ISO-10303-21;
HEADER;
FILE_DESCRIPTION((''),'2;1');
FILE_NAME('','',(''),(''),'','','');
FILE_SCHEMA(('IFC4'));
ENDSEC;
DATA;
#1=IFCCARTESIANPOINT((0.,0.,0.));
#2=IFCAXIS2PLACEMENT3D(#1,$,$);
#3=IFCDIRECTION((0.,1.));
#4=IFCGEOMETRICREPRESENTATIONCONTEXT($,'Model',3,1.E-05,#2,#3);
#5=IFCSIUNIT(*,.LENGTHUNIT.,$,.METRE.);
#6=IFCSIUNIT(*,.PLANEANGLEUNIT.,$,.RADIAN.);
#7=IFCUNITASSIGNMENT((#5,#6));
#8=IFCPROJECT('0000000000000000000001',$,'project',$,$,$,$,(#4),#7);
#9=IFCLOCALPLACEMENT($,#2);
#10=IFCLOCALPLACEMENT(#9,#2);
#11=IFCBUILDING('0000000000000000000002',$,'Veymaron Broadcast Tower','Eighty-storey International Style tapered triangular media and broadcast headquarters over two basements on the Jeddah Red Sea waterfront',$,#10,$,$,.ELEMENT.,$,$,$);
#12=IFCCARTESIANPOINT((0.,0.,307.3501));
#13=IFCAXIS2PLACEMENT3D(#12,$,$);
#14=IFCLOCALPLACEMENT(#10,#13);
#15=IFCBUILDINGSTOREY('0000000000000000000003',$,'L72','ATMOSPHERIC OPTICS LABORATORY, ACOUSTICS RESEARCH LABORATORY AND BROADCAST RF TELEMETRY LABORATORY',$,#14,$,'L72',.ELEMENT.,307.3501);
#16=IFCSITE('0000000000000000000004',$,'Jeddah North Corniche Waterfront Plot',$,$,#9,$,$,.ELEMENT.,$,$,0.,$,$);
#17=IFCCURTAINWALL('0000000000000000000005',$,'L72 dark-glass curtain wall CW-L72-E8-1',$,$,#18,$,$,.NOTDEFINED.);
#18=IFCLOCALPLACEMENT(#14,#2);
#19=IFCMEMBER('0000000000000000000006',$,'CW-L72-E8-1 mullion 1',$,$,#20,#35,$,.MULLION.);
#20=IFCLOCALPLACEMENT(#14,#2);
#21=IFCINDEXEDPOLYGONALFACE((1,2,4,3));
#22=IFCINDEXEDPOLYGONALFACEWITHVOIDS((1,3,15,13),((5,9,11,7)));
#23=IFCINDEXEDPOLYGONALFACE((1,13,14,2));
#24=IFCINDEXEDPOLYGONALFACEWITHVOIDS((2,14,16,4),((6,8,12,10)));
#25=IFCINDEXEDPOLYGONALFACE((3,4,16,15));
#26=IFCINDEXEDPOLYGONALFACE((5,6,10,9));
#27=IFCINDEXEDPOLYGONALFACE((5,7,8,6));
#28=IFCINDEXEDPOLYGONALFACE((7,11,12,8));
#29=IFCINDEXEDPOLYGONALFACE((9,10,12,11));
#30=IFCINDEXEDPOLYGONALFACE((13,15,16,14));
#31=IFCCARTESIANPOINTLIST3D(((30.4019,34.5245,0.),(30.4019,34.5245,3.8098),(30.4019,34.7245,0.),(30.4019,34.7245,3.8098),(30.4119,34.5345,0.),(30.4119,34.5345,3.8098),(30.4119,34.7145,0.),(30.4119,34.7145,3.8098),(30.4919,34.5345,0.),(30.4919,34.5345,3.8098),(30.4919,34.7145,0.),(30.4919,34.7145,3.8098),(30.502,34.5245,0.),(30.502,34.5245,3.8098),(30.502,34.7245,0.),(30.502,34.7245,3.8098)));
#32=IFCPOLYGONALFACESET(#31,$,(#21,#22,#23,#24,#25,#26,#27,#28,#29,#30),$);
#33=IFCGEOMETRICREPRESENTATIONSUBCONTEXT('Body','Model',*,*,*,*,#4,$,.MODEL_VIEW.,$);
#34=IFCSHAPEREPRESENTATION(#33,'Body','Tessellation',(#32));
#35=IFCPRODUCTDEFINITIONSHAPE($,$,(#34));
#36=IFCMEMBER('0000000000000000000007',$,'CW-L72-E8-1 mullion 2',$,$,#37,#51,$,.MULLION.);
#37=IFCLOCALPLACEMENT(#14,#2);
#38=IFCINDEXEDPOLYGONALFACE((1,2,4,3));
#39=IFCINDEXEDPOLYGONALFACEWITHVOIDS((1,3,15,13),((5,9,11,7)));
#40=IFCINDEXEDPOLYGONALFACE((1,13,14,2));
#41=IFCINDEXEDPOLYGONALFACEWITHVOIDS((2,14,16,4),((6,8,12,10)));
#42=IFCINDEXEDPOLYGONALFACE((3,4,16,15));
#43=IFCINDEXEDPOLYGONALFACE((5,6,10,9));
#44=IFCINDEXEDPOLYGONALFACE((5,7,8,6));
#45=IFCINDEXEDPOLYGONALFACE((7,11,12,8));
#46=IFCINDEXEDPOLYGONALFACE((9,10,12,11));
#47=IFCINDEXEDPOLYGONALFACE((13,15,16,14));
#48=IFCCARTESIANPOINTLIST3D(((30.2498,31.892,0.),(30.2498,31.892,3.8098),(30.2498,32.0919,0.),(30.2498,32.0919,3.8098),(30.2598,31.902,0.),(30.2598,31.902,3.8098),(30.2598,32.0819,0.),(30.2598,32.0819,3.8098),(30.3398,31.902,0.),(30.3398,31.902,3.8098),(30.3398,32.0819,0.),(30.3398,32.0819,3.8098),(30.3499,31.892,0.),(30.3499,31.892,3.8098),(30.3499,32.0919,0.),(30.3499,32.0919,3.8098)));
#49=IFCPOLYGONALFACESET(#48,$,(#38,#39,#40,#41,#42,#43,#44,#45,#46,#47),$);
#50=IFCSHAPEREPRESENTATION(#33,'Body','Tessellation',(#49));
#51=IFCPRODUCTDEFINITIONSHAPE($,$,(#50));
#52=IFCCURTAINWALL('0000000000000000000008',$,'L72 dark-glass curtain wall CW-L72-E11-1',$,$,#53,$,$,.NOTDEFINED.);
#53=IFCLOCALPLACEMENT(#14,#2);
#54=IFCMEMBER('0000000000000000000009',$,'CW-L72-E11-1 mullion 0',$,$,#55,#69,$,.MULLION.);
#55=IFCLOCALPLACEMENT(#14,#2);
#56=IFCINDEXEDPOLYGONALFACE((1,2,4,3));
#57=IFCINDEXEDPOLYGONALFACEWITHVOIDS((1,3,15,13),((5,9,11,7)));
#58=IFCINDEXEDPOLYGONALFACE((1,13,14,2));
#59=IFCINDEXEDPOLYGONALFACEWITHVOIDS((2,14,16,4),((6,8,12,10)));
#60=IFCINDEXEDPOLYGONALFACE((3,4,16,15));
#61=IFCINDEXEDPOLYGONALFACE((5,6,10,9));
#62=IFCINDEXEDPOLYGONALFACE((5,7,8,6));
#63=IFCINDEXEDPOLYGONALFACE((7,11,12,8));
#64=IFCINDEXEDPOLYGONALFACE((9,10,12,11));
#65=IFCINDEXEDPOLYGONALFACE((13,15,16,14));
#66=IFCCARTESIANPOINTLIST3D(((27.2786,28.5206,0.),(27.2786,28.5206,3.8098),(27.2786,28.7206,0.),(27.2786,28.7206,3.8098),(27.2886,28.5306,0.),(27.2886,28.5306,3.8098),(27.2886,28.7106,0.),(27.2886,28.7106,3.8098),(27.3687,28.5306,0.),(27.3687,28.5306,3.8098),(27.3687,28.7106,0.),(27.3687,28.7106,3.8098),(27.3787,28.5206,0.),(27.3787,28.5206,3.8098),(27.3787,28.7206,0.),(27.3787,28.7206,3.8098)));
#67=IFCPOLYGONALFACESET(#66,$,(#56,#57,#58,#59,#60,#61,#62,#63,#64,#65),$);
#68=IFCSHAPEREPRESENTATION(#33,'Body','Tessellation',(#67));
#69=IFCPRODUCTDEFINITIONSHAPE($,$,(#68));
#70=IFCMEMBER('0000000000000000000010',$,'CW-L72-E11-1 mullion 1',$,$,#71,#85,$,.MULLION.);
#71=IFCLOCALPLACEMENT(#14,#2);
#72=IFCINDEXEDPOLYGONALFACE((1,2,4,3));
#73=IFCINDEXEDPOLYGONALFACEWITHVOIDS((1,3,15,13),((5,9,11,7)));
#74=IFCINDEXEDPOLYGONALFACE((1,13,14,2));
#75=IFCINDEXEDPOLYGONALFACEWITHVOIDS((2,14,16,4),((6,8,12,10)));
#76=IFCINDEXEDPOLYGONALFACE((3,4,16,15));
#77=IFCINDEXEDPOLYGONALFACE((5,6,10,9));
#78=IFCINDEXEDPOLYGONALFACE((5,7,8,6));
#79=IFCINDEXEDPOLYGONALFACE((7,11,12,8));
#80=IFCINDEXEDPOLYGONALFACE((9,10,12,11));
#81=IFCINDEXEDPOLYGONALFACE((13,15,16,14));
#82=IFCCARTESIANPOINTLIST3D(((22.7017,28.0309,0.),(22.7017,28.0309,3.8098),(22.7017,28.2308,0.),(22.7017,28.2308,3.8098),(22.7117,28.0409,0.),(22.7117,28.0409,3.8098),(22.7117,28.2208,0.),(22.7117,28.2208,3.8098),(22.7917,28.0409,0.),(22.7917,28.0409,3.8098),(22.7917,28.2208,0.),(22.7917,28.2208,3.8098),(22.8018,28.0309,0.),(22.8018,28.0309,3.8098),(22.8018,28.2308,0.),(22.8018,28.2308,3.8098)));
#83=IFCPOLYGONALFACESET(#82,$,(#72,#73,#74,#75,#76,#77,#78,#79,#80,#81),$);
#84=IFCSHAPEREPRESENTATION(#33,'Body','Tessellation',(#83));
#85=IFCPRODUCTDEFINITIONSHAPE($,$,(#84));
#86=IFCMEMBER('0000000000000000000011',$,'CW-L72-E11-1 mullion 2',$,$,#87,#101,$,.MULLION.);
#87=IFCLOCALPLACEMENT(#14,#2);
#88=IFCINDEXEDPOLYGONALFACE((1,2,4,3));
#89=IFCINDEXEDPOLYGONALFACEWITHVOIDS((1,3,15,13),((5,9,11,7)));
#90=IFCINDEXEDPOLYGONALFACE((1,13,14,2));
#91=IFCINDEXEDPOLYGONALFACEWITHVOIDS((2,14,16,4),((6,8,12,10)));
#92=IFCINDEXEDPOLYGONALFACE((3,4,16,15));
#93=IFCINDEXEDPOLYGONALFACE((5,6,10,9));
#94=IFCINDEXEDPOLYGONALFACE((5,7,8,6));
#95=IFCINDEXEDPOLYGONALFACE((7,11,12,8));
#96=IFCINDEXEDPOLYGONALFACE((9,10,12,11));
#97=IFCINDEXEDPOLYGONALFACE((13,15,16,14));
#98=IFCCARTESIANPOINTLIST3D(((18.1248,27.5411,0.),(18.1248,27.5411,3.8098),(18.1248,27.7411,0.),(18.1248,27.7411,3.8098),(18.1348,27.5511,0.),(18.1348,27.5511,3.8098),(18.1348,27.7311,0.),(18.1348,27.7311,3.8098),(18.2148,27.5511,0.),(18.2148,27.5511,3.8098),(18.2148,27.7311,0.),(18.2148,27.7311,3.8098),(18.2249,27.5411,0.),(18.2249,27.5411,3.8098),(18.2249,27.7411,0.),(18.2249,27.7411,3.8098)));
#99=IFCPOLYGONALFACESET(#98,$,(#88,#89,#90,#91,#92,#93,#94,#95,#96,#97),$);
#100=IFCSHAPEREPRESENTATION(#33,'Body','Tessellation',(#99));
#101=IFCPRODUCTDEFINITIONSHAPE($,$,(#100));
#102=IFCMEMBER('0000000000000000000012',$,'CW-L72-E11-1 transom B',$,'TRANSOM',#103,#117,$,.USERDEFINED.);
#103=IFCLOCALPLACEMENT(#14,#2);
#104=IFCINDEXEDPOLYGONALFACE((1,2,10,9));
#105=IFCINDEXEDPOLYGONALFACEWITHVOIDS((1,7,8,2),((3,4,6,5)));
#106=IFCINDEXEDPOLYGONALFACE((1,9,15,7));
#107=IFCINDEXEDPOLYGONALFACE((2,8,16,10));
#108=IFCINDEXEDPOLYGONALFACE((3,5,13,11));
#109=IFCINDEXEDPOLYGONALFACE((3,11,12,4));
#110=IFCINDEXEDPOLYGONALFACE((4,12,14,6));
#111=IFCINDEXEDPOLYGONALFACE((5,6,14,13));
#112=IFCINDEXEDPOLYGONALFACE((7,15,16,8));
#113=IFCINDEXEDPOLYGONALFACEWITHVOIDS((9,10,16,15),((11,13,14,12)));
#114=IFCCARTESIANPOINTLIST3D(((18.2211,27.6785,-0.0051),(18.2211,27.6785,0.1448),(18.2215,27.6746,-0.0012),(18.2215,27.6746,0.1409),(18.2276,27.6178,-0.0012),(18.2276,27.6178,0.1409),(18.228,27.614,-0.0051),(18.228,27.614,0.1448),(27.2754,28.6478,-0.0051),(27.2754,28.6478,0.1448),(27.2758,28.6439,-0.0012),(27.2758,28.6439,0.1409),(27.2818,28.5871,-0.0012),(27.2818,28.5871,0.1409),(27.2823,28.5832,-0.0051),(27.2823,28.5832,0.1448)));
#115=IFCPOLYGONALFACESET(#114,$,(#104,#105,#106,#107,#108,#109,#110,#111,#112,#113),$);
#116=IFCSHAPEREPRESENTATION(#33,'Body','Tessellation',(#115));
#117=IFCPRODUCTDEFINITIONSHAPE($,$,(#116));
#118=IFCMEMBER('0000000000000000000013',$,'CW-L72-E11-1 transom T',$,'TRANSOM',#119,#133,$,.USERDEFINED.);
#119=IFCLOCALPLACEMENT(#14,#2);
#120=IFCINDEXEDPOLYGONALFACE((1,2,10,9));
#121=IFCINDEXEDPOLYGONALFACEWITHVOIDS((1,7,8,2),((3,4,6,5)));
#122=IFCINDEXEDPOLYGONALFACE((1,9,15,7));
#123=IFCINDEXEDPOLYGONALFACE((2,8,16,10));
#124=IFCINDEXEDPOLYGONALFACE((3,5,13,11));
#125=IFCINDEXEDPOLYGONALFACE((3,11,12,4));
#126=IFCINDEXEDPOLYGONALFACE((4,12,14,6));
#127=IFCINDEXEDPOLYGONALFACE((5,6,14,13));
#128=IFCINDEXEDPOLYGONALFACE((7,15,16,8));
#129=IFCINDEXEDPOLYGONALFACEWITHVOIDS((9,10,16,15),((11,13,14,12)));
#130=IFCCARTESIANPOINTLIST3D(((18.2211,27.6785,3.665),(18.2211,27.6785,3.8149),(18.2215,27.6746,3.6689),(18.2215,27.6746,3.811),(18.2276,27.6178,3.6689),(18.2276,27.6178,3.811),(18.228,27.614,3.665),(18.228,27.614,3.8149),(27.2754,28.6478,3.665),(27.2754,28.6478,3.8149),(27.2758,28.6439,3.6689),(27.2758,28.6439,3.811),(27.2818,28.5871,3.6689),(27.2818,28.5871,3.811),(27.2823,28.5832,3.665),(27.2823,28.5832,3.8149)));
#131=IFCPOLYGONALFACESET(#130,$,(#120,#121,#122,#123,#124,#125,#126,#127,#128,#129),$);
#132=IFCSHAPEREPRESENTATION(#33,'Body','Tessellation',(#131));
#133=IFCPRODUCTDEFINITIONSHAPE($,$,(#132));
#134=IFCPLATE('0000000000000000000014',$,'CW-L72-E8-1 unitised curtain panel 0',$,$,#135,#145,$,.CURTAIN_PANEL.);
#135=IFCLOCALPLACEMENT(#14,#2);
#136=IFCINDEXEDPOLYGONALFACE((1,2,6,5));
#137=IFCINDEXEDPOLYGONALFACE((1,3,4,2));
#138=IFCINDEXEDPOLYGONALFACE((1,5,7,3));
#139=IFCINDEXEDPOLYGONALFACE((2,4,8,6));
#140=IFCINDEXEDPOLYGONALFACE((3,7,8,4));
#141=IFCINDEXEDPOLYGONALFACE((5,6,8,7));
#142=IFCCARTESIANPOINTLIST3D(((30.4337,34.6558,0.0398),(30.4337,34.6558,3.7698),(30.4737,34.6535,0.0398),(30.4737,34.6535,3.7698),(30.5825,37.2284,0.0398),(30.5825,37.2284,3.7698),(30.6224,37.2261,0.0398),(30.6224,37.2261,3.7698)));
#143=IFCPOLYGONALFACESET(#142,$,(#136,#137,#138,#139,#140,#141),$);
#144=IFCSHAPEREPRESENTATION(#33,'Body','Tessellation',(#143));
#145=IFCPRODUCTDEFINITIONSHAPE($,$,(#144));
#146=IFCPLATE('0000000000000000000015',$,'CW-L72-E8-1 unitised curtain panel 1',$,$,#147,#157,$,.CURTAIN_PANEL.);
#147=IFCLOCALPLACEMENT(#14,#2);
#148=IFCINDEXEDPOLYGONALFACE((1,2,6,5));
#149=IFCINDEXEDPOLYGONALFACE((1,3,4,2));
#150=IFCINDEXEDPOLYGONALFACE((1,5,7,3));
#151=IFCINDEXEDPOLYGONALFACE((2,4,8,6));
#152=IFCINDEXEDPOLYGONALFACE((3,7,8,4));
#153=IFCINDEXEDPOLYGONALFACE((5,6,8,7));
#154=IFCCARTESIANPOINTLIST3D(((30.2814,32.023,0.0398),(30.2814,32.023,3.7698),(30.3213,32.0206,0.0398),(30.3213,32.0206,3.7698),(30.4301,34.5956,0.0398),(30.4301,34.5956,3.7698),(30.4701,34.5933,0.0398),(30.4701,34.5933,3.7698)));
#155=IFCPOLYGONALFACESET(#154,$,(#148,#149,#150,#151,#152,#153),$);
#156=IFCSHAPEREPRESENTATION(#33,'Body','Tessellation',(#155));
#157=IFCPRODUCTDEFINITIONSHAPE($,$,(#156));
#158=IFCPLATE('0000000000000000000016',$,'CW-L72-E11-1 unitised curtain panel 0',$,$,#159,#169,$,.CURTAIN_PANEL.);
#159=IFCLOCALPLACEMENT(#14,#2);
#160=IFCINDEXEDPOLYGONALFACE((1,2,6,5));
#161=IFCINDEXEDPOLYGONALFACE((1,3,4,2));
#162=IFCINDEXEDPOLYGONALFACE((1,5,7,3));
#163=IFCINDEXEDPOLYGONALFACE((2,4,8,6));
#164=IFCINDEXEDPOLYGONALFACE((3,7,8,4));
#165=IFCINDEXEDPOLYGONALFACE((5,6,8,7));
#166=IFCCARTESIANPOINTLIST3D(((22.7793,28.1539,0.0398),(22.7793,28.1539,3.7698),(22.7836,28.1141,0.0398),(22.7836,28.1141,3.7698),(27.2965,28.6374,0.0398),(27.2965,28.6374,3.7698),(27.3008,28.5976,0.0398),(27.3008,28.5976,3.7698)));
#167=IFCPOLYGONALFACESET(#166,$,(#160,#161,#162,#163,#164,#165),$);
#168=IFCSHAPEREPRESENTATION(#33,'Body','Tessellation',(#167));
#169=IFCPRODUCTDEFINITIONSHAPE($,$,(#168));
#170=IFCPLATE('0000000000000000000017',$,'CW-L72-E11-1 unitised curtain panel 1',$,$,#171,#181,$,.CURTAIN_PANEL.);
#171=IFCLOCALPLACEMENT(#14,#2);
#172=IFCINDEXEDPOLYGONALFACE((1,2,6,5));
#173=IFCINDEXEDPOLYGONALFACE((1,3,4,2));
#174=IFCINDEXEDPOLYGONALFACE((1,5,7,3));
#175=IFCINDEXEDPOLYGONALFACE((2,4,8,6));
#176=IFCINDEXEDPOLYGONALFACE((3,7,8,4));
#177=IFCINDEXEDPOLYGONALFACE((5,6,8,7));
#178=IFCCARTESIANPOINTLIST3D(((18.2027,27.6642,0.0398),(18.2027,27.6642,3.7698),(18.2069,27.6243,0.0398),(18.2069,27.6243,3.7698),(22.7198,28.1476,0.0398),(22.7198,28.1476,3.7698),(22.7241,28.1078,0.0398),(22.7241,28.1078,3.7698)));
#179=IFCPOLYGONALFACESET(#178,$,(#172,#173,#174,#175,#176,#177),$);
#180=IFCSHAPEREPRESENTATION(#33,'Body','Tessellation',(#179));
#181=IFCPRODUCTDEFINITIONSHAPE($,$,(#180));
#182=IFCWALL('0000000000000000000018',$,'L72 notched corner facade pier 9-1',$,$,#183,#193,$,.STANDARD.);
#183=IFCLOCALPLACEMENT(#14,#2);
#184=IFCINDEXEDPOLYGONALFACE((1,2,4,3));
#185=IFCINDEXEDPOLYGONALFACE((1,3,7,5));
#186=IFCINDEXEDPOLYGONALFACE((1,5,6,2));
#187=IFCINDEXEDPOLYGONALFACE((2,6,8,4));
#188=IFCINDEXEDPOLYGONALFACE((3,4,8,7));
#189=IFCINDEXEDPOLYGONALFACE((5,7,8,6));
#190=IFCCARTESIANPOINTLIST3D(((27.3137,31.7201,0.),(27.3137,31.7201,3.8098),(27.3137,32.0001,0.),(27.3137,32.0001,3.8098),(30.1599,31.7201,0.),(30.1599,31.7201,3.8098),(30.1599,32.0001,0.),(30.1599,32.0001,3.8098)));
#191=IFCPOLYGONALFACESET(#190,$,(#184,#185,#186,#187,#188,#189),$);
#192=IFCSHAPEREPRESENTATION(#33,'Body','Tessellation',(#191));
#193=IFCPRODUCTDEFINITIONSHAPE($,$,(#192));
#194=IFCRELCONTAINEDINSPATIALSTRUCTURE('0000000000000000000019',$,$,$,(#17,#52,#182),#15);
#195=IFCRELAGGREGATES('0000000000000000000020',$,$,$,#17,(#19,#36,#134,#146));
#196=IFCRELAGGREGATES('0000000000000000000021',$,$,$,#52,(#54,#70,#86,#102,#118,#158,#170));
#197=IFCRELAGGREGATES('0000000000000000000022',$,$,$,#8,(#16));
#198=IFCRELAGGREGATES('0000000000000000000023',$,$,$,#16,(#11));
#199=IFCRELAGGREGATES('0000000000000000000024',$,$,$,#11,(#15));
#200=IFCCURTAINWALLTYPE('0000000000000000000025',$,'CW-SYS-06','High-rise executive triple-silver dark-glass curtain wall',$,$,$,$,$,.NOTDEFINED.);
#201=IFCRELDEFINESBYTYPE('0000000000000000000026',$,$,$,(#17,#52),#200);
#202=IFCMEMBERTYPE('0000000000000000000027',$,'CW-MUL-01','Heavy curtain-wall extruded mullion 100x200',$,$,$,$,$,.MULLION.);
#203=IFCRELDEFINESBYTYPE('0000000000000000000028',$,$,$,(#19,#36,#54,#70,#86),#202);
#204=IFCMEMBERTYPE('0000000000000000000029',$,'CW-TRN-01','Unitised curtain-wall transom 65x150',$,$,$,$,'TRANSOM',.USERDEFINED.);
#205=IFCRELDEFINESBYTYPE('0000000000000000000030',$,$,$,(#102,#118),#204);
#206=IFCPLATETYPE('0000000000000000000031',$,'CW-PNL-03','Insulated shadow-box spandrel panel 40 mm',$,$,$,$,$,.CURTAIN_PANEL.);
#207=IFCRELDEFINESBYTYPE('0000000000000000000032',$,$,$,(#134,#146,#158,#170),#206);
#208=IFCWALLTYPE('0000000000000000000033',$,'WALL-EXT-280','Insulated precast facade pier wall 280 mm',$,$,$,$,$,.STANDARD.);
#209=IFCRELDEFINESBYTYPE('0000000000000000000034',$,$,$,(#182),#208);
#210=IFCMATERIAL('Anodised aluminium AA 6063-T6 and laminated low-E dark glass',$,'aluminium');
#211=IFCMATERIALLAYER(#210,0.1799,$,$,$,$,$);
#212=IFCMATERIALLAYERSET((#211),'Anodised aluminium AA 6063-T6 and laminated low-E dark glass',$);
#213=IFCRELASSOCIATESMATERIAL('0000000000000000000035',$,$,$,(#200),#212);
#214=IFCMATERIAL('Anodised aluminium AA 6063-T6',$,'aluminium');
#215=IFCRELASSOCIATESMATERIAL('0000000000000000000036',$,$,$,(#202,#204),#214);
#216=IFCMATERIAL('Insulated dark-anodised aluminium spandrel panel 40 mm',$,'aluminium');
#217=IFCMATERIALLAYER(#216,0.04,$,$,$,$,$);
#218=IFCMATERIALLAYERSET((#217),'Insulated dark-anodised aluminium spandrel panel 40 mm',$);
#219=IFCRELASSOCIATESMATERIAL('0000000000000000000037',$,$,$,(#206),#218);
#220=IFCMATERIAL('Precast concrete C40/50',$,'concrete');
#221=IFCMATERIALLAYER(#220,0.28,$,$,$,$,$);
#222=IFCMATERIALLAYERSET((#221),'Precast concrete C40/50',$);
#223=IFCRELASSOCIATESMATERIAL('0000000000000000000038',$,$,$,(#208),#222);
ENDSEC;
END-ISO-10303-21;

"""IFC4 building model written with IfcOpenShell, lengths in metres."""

from ifc_helpers import new_model, si_unit, direction, frame, frame_2d, origin, origin_2d, place, context, subcontext, project, spatial, rectangle, hollow_rectangle, extrude, material, layer, layer_set, material_profile, profile_set, type_object, element, aggregate, save


model = new_model("IFC4")

# Units and contexts
model_context = context("Model", 3, precision=1e-05, world=origin(), true_north=direction((0.0, 1.0)))
body_context = subcontext(model_context, "Body", "Model", "MODEL_VIEW")
ifc_project = project(units=[si_unit("LENGTHUNIT", "METRE"), si_unit("PLANEANGLEUNIT", "RADIAN")], contexts=[model_context])

# Site, building, storey
site_placement = place(None, origin())
site = spatial("IfcSite", under=ifc_project, at=site_placement, Name="Jeddah North Corniche Waterfront Plot", CompositionType="ELEMENT", RefElevation=0.0)
building_placement = place(site_placement, origin())
building = spatial("IfcBuilding", under=site, at=building_placement, Name="Veymaron Broadcast Tower", Description="Eighty-storey International Style tapered triangular media and broadcast headquarters over two basements on the Jeddah Red Sea waterfront", CompositionType="ELEMENT")
storey_placement = place(building_placement, frame((0.0, 0.0, 307.3501)))
storey = spatial("IfcBuildingStorey", under=building, at=storey_placement, Name="L72", Description="ATMOSPHERIC OPTICS LABORATORY, ACOUSTICS RESEARCH LABORATORY AND BROADCAST RF TELEMETRY LABORATORY", LongName="L72", CompositionType="ELEMENT", Elevation=307.3501)

# Shared definitions
ifc_material_1 = material(Name="Anodised aluminium AA 6063-T6 and laminated low-E dark glass", Category="aluminium")
ifc_layer_1 = layer(ifc_material_1, 0.1799)
ifc_layer_set_1 = layer_set([ifc_layer_1], Name="Anodised aluminium AA 6063-T6 and laminated low-E dark glass")
curtain_wall_type = type_object("IfcCurtainWallType", Name="CW-SYS-06", Description="High-rise executive triple-silver dark-glass curtain wall", PredefinedType="NOTDEFINED", material=ifc_layer_set_1)
ifc_material_2 = material(Name="Anodised aluminium AA 6063-T6", Category="aluminium")
ifc_material_profile_1 = material_profile(ifc_material_2, hollow_rectangle(XDim=0.1001, YDim=0.2, WallThickness=0.01, at=origin_2d()), Name="RHS200X100X10")
ifc_profile_set_1 = profile_set([ifc_material_profile_1], Name="Anodised aluminium AA 6063-T6")
member_type_1 = type_object("IfcMemberType", Name="CW-MUL-01", Description="Heavy curtain-wall extruded mullion 100x200", PredefinedType="MULLION", material=ifc_profile_set_1)

# Curtain walls, members
curtain_wall_1_placement = place(storey_placement, origin())
curtain_wall_1 = element("IfcCurtainWall", 1, at=curtain_wall_1_placement, inside=storey, type_object=curtain_wall_type, Name="L72 dark-glass curtain wall CW-L72-E8-1", PredefinedType="NOTDEFINED")
member_1_placement = place(storey_placement, frame((30.4519, 34.6245, 0.0), z_axis=(0.0, 0.0, 1.0), x_axis=(1.0, 0.0, 0.0)))
member_1 = element("IfcMember", 2, at=member_1_placement, type_object=member_type_1, Name="CW-L72-E8-1 mullion 1", PredefinedType="MULLION", context=body_context, shape_type="SweptSolid", body=[
    extrude(hollow_rectangle(XDim=0.1001, YDim=0.2, WallThickness=0.01, at=origin_2d()), origin(), (0.0, 0.0, 1.0), 3.8098),
])
member_2_placement = place(storey_placement, frame((30.2998, 31.9919, 0.0), z_axis=(0.0, 0.0, 1.0), x_axis=(1.0, 0.0, 0.0)))
member_2 = element("IfcMember", 3, at=member_2_placement, type_object=member_type_1, Name="CW-L72-E8-1 mullion 2", PredefinedType="MULLION", context=body_context, shape_type="SweptSolid", body=[
    extrude(hollow_rectangle(XDim=0.1001, YDim=0.2, WallThickness=0.01, at=origin_2d()), origin(), (0.0, 0.0, 1.0), 3.8098),
])
curtain_wall_2_placement = place(storey_placement, origin())
curtain_wall_2 = element("IfcCurtainWall", 4, at=curtain_wall_2_placement, inside=storey, type_object=curtain_wall_type, Name="L72 dark-glass curtain wall CW-L72-E11-1", PredefinedType="NOTDEFINED")
member_3_placement = place(storey_placement, frame((27.3286, 28.6206, 0.0), z_axis=(0.0, 0.0, 1.0), x_axis=(1.0, 0.0, 0.0)))
member_3 = element("IfcMember", 5, at=member_3_placement, type_object=member_type_1, Name="CW-L72-E11-1 mullion 0", PredefinedType="MULLION", context=body_context, shape_type="SweptSolid", body=[
    extrude(hollow_rectangle(XDim=0.1001, YDim=0.2, WallThickness=0.01, at=origin_2d()), origin(), (0.0, 0.0, 1.0), 3.8098),
])
member_4_placement = place(storey_placement, frame((22.7517, 28.1309, 0.0), z_axis=(0.0, 0.0, 1.0), x_axis=(1.0, 0.0, 0.0)))
member_4 = element("IfcMember", 6, at=member_4_placement, type_object=member_type_1, Name="CW-L72-E11-1 mullion 1", PredefinedType="MULLION", context=body_context, shape_type="SweptSolid", body=[
    extrude(hollow_rectangle(XDim=0.1001, YDim=0.2, WallThickness=0.01, at=origin_2d()), origin(), (0.0, 0.0, 1.0), 3.8098),
])
member_5_placement = place(storey_placement, frame((18.1748, 27.6411, 0.0), z_axis=(0.0, 0.0, 1.0), x_axis=(1.0, 0.0, 0.0)))
member_5 = element("IfcMember", 7, at=member_5_placement, type_object=member_type_1, Name="CW-L72-E11-1 mullion 2", PredefinedType="MULLION", context=body_context, shape_type="SweptSolid", body=[
    extrude(hollow_rectangle(XDim=0.1001, YDim=0.2, WallThickness=0.01, at=origin_2d()), origin(), (0.0, 0.0, 1.0), 3.8098),
])
ifc_material_profile_2 = material_profile(ifc_material_2, hollow_rectangle(XDim=0.0649, YDim=0.1499, WallThickness=0.0039, at=origin_2d()), Name="AL150X65X4")
ifc_profile_set_2 = profile_set([ifc_material_profile_2], Name="Anodised aluminium AA 6063-T6")
member_type_2 = type_object("IfcMemberType", Name="CW-TRN-01", Description="Unitised curtain-wall transom 65x150", ElementType="TRANSOM", PredefinedType="USERDEFINED", material=ifc_profile_set_2)
member_6_placement = place(storey_placement, frame((27.2788, 28.6155, 0.0698), z_axis=(-0.994319, -0.10644, 0.0), x_axis=(0.10644, -0.994319, 0.0)))
member_6 = element("IfcMember", 8, at=member_6_placement, type_object=member_type_2, Name="CW-L72-E11-1 transom B", ObjectType="TRANSOM", PredefinedType="USERDEFINED", context=body_context, shape_type="SweptSolid", body=[
    extrude(hollow_rectangle(XDim=0.0649, YDim=0.1499, WallThickness=0.0039, at=origin_2d()), origin(), (0.0, 0.0, 1.0), 9.106),
])
member_7_placement = place(storey_placement, frame((27.2788, 28.6155, 3.74), z_axis=(-0.994319, -0.10644, 0.0), x_axis=(0.10644, -0.994319, 0.0)))
member_7 = element("IfcMember", 9, at=member_7_placement, type_object=member_type_2, Name="CW-L72-E11-1 transom T", ObjectType="TRANSOM", PredefinedType="USERDEFINED", context=body_context, shape_type="SweptSolid", body=[
    extrude(hollow_rectangle(XDim=0.0649, YDim=0.1499, WallThickness=0.0039, at=origin_2d()), origin(), (0.0, 0.0, 1.0), 9.106),
])

# Plates
ifc_material_3 = material(Name="Insulated dark-anodised aluminium spandrel panel 40 mm", Category="aluminium")
ifc_layer_2 = layer(ifc_material_3, 0.04)
ifc_layer_set_2 = layer_set([ifc_layer_2], Name="Insulated dark-anodised aluminium spandrel panel 40 mm")
plate_type = type_object("IfcPlateType", Name="CW-PNL-03", Description="Insulated shadow-box spandrel panel 40 mm", PredefinedType="CURTAIN_PANEL", material=ifc_layer_set_2)
plate_1_placement = place(storey_placement, frame((30.5281, 35.9409, 0.0398), z_axis=(0.0, 0.0, 1.0), x_axis=(-0.057721, -0.998333, 0.0)))
plate_1 = element("IfcPlate", 10, at=plate_1_placement, type_object=plate_type, Name="CW-L72-E8-1 unitised curtain panel 0", PredefinedType="CURTAIN_PANEL", context=body_context, shape_type="SweptSolid", body=[
    extrude(rectangle(XDim=2.5769, YDim=0.04, at=origin_2d()), origin(), (0.0, 0.0, 1.0), 3.73),
])
plate_2_placement = place(storey_placement, frame((30.3757, 33.3081, 0.0398), z_axis=(0.0, 0.0, 1.0), x_axis=(-0.057721, -0.998333, 0.0)))
plate_2 = element("IfcPlate", 11, at=plate_2_placement, type_object=plate_type, Name="CW-L72-E8-1 unitised curtain panel 1", PredefinedType="CURTAIN_PANEL", context=body_context, shape_type="SweptSolid", body=[
    extrude(rectangle(XDim=2.5769, YDim=0.04, at=origin_2d()), origin(), (0.0, 0.0, 1.0), 3.73),
])
aggregate(curtain_wall_1, [member_1, member_2, plate_1, plate_2])
plate_3_placement = place(storey_placement, frame((25.04, 28.3757, 0.0398), z_axis=(0.0, 0.0, 1.0), x_axis=(-0.994321, -0.10642, 0.0)))
plate_3 = element("IfcPlate", 12, at=plate_3_placement, type_object=plate_type, Name="CW-L72-E11-1 unitised curtain panel 0", PredefinedType="CURTAIN_PANEL", context=body_context, shape_type="SweptSolid", body=[
    extrude(rectangle(XDim=4.543, YDim=0.04, at=origin_2d()), origin(), (0.0, 0.0, 1.0), 3.73),
])
plate_4_placement = place(storey_placement, frame((20.4634, 27.886, 0.0398), z_axis=(0.0, 0.0, 1.0), x_axis=(-0.994321, -0.10642, 0.0)))
plate_4 = element("IfcPlate", 13, at=plate_4_placement, type_object=plate_type, Name="CW-L72-E11-1 unitised curtain panel 1", PredefinedType="CURTAIN_PANEL", context=body_context, shape_type="SweptSolid", body=[
    extrude(rectangle(XDim=4.543, YDim=0.04, at=origin_2d()), origin(), (0.0, 0.0, 1.0), 3.73),
])
aggregate(curtain_wall_2, [member_3, member_4, member_5, member_6, member_7, plate_3, plate_4])

# Wall
ifc_material_4 = material(Name="Precast concrete C40/50", Category="concrete")
ifc_layer_3 = layer(ifc_material_4, 0.28)
ifc_layer_set_3 = layer_set([ifc_layer_3], Name="Precast concrete C40/50")
wall_type_1 = type_object("IfcWallType", Name="WALL-EXT-280", Description="Insulated precast facade pier wall 280 mm", PredefinedType="STANDARD", material=ifc_layer_set_3)
wall_1_placement = place(storey_placement, frame((30.1599, 31.8601, 0.0), z_axis=(0.0, 0.0, 1.0), x_axis=(-1.0, 0.0, 0.0)))
element("IfcWall", 14, at=wall_1_placement, inside=storey, type_object=wall_type_1, Name="L72 notched corner facade pier 9-1", PredefinedType="STANDARD", context=body_context, shape_type="SweptSolid", body=[
    extrude(rectangle(XDim=2.8462, YDim=0.28, at=frame_2d((1.4231, 0.0))), origin(), (0.0, 0.0, 1.0), 3.8098),
])

save(model, "model.ifc")
